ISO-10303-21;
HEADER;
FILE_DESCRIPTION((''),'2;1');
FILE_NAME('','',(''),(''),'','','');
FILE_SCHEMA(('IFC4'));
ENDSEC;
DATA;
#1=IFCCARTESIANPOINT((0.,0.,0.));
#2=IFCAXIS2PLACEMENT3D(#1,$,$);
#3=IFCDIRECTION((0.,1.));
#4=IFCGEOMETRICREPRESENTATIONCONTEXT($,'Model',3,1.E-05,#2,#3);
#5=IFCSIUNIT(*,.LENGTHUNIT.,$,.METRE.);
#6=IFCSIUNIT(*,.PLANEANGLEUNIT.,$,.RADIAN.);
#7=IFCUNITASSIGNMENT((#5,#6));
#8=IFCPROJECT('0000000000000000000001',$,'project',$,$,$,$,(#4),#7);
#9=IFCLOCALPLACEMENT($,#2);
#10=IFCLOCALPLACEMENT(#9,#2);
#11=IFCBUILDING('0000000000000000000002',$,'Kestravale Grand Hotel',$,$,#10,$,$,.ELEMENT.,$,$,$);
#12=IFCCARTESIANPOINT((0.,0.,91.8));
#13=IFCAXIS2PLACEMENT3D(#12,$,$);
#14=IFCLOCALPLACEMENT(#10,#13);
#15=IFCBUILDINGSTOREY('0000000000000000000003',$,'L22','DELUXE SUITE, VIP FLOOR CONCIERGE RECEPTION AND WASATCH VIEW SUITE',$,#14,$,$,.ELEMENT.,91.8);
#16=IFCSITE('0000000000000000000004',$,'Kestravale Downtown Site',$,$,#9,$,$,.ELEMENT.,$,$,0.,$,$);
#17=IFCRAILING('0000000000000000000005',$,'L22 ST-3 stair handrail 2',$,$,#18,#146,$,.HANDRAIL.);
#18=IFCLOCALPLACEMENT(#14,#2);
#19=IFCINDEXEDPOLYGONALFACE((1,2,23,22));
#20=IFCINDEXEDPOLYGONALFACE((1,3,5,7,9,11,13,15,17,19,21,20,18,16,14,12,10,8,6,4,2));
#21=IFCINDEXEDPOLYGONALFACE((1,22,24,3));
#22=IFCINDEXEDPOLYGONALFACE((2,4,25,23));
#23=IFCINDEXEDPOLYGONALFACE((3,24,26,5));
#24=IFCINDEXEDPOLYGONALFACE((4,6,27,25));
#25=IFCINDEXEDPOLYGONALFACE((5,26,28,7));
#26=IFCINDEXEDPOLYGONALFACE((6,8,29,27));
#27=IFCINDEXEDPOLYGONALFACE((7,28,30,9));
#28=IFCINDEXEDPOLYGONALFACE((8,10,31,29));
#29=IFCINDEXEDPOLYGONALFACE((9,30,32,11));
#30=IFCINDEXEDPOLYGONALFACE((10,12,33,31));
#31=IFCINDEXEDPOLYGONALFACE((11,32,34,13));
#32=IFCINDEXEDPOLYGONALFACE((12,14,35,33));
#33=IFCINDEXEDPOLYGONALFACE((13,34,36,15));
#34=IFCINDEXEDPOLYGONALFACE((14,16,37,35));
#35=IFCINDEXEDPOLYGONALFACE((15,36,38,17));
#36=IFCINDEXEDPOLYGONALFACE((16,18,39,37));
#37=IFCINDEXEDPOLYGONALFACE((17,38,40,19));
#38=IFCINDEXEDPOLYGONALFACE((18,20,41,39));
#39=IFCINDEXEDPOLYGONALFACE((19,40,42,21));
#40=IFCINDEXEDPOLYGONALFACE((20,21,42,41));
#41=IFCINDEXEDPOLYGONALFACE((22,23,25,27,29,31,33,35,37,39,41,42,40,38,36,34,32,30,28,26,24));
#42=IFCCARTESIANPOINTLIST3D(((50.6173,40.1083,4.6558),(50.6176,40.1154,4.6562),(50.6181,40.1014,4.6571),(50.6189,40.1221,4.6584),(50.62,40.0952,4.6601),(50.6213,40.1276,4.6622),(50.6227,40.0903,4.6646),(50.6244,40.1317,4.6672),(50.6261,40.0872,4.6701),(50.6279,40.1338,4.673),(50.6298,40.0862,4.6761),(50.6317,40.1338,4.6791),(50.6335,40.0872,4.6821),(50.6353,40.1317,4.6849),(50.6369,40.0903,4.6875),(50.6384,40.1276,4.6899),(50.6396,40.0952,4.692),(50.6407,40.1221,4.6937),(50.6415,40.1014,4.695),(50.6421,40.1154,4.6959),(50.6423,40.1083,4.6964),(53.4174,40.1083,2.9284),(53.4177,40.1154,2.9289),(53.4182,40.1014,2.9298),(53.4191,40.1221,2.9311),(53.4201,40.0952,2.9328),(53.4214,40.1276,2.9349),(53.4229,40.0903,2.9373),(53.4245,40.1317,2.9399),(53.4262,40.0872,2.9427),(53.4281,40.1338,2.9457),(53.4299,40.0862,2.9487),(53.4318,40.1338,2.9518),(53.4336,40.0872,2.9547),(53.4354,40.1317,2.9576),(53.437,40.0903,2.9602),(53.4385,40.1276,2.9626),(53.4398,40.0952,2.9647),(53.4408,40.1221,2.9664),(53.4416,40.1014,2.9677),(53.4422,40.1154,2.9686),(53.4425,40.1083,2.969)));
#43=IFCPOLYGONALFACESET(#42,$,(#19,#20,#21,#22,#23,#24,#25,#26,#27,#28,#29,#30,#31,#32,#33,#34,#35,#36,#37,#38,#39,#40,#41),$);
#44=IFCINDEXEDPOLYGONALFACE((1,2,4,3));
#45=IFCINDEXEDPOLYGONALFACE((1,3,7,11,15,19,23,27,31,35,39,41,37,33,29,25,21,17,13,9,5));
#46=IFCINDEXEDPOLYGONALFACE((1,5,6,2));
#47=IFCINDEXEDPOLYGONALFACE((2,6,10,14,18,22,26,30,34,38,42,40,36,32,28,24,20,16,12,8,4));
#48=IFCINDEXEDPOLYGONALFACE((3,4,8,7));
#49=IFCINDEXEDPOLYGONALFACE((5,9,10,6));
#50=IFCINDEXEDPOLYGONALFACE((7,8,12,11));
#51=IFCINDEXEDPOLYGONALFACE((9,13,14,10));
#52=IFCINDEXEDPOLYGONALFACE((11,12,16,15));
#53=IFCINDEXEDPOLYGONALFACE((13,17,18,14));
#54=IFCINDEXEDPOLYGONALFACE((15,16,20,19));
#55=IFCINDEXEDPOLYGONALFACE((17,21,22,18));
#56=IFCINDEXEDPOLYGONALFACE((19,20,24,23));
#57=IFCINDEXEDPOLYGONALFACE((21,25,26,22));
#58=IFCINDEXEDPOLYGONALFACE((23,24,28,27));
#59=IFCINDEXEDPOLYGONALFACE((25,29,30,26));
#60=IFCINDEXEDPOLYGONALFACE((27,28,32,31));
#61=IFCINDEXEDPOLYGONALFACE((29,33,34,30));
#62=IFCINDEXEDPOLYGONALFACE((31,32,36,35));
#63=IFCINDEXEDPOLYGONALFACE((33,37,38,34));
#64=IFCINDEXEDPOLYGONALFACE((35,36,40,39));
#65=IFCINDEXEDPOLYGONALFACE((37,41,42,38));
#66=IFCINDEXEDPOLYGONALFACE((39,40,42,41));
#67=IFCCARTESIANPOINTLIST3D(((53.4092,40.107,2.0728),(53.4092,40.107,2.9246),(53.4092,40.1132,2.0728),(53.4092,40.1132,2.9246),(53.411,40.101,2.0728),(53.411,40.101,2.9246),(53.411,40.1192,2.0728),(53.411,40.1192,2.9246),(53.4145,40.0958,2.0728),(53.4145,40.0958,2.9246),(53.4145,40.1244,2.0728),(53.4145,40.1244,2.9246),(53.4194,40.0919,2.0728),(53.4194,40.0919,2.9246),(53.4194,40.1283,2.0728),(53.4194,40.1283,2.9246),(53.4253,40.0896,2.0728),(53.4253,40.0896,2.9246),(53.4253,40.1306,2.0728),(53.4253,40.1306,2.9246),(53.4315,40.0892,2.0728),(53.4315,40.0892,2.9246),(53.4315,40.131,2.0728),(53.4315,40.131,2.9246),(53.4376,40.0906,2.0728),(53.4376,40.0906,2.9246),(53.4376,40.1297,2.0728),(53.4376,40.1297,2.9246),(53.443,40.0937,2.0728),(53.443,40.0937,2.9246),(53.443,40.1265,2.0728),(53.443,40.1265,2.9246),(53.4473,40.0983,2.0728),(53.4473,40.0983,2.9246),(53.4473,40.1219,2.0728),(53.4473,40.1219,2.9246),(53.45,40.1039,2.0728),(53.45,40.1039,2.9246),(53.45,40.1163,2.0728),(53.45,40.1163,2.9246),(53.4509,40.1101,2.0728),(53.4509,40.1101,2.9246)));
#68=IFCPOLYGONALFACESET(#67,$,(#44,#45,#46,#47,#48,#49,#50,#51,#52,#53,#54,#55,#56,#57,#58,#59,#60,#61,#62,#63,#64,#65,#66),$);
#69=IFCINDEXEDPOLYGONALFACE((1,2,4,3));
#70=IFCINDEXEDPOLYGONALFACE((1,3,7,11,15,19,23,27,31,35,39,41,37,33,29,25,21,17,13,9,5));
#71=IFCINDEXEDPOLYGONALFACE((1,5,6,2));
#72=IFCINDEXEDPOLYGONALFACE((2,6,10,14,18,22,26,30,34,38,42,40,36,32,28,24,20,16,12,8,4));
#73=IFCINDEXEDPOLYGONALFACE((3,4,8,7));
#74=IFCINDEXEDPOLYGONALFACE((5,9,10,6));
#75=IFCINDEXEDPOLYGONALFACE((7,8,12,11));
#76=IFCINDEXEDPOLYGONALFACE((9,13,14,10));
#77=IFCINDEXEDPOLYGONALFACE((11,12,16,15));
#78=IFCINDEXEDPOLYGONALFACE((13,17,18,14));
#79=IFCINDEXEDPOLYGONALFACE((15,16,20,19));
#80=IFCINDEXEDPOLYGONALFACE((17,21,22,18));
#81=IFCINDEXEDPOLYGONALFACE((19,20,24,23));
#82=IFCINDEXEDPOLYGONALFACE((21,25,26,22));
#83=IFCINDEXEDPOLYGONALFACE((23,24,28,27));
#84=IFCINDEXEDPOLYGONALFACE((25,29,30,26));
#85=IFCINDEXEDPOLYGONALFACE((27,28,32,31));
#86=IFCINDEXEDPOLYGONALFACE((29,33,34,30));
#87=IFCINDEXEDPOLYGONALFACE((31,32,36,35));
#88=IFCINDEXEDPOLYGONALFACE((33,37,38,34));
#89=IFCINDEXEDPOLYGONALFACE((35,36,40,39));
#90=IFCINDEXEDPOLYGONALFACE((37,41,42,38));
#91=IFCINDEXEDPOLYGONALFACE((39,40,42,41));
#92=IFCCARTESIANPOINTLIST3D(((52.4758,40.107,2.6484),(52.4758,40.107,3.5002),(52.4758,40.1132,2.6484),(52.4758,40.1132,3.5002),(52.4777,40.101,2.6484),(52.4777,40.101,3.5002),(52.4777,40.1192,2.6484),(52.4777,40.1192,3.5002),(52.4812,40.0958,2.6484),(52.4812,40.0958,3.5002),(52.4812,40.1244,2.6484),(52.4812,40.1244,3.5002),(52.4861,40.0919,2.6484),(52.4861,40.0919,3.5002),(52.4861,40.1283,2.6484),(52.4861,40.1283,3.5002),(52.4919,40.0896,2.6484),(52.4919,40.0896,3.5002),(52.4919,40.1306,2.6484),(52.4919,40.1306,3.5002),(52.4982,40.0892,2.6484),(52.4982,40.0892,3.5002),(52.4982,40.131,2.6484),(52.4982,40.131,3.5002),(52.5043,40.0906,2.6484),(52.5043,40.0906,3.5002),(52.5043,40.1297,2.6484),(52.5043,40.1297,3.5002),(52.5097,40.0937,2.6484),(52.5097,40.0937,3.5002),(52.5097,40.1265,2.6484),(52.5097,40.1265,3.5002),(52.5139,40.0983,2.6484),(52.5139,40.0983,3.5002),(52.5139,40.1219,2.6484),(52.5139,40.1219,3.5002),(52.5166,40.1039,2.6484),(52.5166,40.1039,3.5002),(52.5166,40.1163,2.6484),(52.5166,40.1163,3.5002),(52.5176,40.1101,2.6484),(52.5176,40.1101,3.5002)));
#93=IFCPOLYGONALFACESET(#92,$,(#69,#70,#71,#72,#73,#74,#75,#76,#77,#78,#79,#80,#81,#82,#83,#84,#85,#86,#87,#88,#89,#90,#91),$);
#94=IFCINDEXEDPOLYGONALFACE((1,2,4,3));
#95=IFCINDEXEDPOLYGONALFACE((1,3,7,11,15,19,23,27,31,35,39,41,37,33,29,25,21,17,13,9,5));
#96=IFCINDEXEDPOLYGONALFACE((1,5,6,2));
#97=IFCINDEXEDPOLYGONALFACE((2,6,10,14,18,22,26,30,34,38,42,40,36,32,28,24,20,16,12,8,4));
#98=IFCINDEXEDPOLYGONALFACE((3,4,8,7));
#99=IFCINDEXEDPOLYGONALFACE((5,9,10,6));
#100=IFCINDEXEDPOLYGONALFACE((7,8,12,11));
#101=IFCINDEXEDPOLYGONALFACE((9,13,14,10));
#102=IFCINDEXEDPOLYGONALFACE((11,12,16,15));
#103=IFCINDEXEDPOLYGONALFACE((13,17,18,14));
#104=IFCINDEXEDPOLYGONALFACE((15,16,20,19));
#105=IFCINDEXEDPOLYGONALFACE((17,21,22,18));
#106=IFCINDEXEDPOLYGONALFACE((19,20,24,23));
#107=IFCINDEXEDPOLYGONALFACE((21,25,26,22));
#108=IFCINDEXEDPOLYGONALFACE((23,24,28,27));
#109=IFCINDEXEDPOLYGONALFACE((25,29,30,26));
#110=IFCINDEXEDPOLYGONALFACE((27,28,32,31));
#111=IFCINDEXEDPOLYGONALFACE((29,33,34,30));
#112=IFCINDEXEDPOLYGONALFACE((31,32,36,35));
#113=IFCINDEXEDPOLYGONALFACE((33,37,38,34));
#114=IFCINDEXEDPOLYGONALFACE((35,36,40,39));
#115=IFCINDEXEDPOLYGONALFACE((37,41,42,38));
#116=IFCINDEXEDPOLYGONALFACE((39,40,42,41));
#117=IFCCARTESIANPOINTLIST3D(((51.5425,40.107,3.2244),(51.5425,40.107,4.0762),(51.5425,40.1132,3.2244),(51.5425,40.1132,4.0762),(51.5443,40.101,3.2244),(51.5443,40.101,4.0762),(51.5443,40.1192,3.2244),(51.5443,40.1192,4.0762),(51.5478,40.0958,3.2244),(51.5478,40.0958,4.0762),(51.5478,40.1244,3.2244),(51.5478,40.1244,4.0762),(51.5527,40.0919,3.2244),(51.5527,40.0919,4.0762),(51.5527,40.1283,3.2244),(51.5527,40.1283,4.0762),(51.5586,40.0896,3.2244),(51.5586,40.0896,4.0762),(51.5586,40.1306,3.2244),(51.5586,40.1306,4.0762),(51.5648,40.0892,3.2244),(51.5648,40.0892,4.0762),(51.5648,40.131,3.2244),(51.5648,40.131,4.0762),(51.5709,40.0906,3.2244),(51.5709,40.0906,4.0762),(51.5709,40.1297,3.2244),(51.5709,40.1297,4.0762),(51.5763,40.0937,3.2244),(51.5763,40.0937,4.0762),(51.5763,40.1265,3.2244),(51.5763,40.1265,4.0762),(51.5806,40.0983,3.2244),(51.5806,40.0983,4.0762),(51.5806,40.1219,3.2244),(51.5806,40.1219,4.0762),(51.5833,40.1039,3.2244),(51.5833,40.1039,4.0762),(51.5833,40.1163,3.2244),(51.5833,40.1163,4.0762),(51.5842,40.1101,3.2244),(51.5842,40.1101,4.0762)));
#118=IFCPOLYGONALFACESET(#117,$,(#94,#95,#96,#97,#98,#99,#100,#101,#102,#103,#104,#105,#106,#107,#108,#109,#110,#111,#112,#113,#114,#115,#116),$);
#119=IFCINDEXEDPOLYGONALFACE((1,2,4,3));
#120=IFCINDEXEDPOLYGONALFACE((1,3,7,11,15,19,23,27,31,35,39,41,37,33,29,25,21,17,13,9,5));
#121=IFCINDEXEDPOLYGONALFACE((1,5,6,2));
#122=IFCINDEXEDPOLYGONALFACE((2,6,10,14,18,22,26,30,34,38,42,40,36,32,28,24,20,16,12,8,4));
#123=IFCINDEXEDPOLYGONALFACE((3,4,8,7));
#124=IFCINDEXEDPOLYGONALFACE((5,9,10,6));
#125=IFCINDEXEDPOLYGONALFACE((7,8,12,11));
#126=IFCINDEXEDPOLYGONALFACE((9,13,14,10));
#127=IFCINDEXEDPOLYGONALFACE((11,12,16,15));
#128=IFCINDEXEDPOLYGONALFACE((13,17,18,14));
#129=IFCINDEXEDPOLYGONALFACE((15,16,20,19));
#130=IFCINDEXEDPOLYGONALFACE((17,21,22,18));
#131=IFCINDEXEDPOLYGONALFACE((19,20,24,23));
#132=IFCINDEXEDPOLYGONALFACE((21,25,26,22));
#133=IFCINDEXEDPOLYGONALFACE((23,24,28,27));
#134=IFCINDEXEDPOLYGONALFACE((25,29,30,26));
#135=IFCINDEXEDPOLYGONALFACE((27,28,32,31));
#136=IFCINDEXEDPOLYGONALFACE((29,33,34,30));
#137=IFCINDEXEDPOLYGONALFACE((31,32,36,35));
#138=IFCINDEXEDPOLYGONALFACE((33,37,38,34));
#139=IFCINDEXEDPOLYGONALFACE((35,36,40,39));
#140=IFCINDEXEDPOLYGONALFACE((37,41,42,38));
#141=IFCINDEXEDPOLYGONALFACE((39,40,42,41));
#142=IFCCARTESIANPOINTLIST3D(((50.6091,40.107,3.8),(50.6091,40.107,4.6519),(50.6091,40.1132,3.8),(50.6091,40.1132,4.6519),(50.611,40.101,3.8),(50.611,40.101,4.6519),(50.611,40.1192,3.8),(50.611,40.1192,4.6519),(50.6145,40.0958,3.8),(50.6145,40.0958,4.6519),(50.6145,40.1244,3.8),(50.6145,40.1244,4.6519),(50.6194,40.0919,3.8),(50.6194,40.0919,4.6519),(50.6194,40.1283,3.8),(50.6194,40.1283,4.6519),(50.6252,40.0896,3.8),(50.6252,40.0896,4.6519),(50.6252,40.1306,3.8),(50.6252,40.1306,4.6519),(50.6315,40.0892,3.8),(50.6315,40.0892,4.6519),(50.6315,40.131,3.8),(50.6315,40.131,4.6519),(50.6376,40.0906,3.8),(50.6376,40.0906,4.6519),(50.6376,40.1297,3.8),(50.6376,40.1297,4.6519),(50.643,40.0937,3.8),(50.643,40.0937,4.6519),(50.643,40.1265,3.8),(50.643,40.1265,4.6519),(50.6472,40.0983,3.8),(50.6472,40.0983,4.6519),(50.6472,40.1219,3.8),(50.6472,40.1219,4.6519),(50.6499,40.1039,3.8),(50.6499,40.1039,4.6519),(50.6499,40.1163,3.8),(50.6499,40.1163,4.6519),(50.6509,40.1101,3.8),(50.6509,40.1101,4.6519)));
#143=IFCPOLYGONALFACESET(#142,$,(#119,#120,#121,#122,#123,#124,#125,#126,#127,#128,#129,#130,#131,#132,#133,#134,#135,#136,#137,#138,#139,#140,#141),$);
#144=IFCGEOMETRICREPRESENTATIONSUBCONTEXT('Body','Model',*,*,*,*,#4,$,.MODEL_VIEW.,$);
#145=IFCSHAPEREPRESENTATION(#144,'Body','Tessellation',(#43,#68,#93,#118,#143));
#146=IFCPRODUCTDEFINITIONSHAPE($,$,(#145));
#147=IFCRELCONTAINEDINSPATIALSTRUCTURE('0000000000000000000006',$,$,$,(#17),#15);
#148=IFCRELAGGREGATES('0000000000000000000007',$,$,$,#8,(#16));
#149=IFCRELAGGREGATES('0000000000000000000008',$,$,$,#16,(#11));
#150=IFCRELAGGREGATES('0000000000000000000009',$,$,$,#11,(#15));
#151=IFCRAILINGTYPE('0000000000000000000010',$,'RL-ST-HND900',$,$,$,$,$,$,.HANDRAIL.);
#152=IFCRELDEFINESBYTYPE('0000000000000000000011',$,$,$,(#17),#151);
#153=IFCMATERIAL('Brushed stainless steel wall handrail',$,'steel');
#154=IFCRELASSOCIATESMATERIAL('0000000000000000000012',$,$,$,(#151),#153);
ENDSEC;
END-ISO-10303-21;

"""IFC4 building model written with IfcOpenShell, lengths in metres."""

from ifc_helpers import new_model, si_unit, direction, frame, origin, origin_2d, place, context, subcontext, project, spatial, circle, extrude, material, type_object, element, save


model = new_model("IFC4")

# Units and contexts
model_context = context("Model", 3, precision=1e-05, world=origin(), true_north=direction((0.0, 1.0)))
body_context = subcontext(model_context, "Body", "Model", "MODEL_VIEW")
ifc_project = project(units=[si_unit("LENGTHUNIT", "METRE"), si_unit("PLANEANGLEUNIT", "RADIAN")], contexts=[model_context])

# Site, building, storey
site_placement = place(None, origin())
site = spatial("IfcSite", under=ifc_project, at=site_placement, Name="Kestravale Downtown Site", CompositionType="ELEMENT", RefElevation=0.0)
building_placement = place(site_placement, origin())
building = spatial("IfcBuilding", under=site, at=building_placement, Name="Kestravale Grand Hotel", CompositionType="ELEMENT")
storey_placement = place(building_placement, frame((0.0, 0.0, 91.8)))
storey = spatial("IfcBuildingStorey", under=building, at=storey_placement, Name="L22", Description="DELUXE SUITE, VIP FLOOR CONCIERGE RECEPTION AND WASATCH VIEW SUITE", CompositionType="ELEMENT", Elevation=91.8)

# Railing
ifc_material_1 = material(Name="Brushed stainless steel wall handrail", Category="steel")
railing_type_1 = type_object("IfcRailingType", Name="RL-ST-HND900", PredefinedType="HANDRAIL", material=ifc_material_1)
railing_1_placement = place(storey_placement, frame((53.4299, 40.1101, 2.0728)))
element("IfcRailing", 1, at=railing_1_placement, inside=storey, type_object=railing_type_1, Name="L22 ST-3 stair handrail 2", PredefinedType="HANDRAIL", context=body_context, shape_type="SweptSolid", body=[
    extrude(circle(Radius=0.0239, at=origin_2d()), frame((0.0, 0.0, 0.876), z_axis=(-0.85109, 0.0, 0.52502), x_axis=(0.0, -1.0, 0.0)), (0.0, 0.0, 1.0), 3.29),
    extrude(circle(Radius=0.021, at=origin_2d()), origin(), (0.0, 0.0, 1.0), 0.8518),
    extrude(circle(Radius=0.021, at=origin_2d()), frame((-0.9333, 0.0, 0.5757)), (0.0, 0.0, 1.0), 0.8518),
    extrude(circle(Radius=0.021, at=origin_2d()), frame((-1.8667, 0.0, 1.1516)), (0.0, 0.0, 1.0), 0.8518),
    extrude(circle(Radius=0.021, at=origin_2d()), frame((-2.8, 0.0, 1.7273)), (0.0, 0.0, 1.0), 0.8518),
])

save(model, "model.ifc")
